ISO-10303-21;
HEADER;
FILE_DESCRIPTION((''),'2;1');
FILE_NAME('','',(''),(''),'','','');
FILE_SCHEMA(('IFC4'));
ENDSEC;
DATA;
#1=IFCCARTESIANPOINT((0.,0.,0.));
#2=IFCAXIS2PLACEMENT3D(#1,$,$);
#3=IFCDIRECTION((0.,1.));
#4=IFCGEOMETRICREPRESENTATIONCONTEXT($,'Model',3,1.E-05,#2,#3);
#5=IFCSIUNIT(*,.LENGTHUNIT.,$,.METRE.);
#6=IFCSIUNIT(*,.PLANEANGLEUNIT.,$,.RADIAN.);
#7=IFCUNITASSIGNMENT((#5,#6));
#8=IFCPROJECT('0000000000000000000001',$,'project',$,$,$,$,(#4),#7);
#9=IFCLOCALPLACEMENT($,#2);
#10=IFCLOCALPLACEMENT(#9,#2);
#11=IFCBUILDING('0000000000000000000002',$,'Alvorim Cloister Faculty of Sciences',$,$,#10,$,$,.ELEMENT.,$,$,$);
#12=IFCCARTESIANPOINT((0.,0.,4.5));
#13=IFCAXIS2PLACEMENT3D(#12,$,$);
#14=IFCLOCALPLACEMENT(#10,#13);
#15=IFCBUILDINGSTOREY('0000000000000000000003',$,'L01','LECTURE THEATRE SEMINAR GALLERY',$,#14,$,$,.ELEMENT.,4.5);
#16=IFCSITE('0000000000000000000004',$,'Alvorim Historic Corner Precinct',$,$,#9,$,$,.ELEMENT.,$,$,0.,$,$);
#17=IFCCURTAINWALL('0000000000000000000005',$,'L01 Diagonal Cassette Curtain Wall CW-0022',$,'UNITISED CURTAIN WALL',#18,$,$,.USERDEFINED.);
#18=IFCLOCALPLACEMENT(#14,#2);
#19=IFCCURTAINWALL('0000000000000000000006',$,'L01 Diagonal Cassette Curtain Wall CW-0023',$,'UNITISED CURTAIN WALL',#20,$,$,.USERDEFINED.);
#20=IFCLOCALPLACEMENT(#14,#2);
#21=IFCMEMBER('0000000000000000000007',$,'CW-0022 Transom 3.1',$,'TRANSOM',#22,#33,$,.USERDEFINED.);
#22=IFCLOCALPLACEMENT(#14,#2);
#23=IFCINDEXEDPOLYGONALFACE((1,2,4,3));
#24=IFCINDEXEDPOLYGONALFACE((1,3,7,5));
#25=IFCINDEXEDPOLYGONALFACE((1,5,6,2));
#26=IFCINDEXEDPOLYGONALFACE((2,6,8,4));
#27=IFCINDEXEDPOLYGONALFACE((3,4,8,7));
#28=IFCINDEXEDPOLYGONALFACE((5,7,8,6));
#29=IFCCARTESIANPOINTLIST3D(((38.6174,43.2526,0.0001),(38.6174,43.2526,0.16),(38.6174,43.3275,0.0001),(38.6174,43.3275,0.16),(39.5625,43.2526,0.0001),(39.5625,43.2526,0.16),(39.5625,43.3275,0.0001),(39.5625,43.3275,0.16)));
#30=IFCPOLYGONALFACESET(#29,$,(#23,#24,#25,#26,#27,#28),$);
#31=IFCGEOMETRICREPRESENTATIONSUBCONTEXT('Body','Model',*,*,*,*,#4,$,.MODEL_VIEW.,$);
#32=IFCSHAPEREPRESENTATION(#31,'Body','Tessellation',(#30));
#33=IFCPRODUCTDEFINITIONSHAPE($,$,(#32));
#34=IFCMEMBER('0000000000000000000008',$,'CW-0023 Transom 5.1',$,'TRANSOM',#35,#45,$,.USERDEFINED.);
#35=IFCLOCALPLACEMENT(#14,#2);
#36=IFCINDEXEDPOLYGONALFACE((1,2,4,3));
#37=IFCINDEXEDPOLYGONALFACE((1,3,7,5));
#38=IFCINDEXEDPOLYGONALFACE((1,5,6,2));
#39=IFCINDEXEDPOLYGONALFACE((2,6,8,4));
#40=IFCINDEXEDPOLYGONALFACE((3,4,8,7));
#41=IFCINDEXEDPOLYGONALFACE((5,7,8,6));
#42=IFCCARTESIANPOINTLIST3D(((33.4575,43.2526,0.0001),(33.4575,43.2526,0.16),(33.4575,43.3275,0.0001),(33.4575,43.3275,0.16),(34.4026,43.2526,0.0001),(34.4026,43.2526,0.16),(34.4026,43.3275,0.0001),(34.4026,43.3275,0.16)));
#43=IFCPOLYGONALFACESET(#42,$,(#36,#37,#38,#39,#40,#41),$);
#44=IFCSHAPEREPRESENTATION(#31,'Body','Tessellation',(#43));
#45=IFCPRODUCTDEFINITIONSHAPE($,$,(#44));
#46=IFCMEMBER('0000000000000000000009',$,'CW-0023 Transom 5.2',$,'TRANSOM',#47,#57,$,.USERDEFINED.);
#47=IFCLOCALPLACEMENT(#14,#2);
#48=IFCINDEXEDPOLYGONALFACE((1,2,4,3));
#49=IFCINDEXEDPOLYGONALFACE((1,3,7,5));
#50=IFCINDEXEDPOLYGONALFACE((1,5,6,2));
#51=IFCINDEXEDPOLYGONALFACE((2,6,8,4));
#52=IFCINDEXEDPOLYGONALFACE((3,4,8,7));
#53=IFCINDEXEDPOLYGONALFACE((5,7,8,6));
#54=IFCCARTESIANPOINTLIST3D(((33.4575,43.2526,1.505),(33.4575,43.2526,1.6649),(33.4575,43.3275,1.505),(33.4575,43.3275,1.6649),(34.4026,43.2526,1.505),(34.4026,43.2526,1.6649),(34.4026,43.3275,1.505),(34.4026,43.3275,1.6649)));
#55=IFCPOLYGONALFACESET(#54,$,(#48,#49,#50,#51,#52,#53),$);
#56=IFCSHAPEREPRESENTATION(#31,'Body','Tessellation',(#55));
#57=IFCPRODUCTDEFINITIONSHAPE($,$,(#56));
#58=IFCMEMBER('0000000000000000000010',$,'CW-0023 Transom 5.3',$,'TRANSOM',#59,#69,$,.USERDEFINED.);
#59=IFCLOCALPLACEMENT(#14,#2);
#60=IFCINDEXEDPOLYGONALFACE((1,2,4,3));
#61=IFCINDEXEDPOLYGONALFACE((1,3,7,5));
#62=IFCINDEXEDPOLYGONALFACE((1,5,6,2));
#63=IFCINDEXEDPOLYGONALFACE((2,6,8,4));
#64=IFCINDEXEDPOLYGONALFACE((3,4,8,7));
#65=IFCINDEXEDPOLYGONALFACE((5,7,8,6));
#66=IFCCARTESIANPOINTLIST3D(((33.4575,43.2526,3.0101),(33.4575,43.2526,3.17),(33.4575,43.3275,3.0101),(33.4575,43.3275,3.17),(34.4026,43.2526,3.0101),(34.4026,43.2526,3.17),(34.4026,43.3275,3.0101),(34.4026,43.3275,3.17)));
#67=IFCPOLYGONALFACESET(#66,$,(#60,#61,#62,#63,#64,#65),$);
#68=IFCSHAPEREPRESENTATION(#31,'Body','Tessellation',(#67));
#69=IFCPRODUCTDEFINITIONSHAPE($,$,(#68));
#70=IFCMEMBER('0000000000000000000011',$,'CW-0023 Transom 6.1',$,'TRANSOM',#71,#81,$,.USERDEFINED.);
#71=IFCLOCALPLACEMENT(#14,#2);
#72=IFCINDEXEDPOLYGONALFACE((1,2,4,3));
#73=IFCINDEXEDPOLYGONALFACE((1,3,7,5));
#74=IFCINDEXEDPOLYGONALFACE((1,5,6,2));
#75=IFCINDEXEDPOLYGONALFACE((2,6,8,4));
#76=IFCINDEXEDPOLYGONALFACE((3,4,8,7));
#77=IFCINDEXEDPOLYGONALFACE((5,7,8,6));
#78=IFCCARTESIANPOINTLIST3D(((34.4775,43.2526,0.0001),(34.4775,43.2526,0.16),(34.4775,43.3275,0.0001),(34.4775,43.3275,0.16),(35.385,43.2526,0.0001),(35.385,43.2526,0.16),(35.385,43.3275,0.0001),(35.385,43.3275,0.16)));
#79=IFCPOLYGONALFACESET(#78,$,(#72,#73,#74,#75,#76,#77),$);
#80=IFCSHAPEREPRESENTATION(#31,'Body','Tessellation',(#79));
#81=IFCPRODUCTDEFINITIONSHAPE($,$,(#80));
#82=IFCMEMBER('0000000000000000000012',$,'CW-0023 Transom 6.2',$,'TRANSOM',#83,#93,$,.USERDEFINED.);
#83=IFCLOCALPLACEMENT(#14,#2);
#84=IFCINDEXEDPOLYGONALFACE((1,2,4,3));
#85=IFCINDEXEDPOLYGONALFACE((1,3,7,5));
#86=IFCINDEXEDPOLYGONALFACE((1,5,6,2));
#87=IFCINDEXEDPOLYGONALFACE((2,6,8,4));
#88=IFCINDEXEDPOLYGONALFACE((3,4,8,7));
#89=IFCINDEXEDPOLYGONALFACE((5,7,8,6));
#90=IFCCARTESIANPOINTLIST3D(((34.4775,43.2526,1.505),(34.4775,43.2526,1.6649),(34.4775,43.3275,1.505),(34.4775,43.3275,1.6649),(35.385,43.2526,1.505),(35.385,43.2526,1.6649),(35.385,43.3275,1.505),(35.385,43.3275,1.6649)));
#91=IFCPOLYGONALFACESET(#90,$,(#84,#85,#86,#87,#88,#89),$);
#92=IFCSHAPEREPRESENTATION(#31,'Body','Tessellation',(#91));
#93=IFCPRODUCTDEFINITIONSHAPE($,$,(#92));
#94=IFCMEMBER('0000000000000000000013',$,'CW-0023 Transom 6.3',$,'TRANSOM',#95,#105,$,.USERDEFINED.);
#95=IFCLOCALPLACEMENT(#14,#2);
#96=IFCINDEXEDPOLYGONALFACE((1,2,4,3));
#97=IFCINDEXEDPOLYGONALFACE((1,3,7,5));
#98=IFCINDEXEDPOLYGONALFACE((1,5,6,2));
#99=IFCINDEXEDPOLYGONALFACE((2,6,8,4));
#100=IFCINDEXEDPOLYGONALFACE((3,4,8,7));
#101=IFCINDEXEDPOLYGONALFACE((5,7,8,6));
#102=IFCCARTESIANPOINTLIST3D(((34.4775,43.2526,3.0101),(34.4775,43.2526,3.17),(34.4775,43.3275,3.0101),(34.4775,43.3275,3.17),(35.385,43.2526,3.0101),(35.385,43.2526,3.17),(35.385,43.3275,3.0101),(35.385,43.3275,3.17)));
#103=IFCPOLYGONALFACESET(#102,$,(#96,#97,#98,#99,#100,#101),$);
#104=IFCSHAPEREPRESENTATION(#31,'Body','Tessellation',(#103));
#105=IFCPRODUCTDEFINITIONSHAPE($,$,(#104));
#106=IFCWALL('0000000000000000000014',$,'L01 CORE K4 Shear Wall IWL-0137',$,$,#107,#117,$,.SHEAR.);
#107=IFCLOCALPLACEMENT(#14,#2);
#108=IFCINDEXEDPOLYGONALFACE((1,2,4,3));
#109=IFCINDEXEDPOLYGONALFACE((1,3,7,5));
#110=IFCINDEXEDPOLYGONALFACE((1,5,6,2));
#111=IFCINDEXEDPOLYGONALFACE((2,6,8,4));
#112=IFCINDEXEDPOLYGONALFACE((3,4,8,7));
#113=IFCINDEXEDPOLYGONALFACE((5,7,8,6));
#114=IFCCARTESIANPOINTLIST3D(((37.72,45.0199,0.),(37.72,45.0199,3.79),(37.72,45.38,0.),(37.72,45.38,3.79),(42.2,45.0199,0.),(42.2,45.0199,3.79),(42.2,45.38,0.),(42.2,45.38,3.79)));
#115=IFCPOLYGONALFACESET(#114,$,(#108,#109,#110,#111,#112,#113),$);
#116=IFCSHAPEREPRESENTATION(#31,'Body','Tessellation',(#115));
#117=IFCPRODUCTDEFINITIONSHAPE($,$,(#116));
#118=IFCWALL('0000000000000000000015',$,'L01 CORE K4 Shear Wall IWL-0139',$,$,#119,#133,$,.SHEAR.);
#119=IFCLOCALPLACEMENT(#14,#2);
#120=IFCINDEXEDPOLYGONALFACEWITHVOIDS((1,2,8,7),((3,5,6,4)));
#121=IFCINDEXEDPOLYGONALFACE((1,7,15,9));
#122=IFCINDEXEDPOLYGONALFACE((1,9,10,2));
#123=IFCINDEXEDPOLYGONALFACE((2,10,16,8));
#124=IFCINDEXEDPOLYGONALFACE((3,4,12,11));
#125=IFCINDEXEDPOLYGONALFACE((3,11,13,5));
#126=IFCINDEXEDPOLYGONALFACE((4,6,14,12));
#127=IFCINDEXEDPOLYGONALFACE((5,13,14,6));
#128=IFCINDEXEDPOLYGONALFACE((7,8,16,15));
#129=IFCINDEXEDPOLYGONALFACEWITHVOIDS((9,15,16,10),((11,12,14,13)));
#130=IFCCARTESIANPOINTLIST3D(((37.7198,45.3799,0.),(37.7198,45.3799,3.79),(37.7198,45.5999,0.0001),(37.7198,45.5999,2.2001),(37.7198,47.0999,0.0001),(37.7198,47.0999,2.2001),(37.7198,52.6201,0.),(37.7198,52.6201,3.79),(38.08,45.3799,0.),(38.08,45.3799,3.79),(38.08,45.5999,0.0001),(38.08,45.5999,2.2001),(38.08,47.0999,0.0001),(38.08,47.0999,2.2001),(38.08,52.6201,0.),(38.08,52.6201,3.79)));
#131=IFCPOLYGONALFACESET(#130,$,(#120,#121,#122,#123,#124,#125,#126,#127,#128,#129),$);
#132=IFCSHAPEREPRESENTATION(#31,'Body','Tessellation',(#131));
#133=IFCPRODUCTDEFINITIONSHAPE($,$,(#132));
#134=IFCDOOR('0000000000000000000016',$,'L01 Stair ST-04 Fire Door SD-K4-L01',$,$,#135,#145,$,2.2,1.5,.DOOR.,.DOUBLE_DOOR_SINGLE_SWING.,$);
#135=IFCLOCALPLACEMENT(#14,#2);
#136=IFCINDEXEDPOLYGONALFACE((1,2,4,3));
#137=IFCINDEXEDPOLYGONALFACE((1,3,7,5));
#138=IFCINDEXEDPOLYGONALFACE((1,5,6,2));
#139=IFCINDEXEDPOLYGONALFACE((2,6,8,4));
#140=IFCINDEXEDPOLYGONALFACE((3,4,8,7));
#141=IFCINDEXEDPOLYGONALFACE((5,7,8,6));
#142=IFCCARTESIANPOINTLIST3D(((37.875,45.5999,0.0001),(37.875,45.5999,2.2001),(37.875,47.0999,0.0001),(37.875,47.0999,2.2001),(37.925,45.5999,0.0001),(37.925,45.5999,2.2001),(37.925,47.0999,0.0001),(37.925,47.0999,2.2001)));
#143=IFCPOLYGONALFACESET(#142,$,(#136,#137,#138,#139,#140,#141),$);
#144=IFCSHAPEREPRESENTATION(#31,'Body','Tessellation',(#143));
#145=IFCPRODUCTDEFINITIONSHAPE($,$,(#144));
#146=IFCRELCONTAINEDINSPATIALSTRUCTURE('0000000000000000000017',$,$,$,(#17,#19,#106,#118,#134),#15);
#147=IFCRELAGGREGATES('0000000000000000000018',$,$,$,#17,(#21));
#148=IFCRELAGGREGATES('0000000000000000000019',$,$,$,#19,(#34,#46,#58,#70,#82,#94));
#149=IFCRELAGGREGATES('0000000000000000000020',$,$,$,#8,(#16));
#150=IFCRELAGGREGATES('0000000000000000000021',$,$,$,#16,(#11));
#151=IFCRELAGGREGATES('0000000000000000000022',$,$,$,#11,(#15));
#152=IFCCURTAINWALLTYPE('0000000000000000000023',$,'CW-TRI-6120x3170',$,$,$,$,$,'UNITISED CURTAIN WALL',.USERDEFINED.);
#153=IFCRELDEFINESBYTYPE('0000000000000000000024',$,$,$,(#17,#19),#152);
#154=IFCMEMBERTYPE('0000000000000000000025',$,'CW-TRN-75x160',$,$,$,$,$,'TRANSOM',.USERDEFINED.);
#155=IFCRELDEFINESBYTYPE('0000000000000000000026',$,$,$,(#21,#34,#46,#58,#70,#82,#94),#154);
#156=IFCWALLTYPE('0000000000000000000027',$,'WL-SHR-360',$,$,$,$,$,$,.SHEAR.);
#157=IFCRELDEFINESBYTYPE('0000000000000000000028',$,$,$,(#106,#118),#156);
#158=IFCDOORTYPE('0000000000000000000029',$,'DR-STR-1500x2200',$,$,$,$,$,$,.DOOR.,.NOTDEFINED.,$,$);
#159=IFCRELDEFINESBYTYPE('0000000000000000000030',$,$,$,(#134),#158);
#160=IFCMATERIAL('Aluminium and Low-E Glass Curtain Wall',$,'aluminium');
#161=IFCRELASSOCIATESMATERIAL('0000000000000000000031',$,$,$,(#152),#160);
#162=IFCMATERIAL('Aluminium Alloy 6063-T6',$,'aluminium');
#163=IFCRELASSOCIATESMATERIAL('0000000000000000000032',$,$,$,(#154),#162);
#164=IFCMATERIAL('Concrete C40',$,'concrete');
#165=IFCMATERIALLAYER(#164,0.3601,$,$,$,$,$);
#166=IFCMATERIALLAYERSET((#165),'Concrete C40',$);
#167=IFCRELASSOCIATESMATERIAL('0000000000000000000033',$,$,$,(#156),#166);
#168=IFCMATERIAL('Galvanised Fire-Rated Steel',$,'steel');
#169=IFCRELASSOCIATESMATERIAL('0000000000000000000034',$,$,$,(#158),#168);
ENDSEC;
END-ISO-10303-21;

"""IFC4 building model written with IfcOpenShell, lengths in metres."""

from ifc_helpers import new_model, si_unit, direction, frame, frame_2d, origin, origin_2d, place, context, subcontext, project, spatial, rectangle, extrude, material, layer, layer_set, material_profile, profile_set, type_object, element, fill, aggregate, save


model = new_model("IFC4")

# Units and contexts
model_context = context("Model", 3, precision=1e-05, world=origin(), true_north=direction((0.0, 1.0)))
body_context = subcontext(model_context, "Body", "Model", "MODEL_VIEW")
ifc_project = project(units=[si_unit("LENGTHUNIT", "METRE"), si_unit("PLANEANGLEUNIT", "RADIAN")], contexts=[model_context])

# Site, building, storey
site_placement = place(None, origin())
site = spatial("IfcSite", under=ifc_project, at=site_placement, Name="Alvorim Historic Corner Precinct", CompositionType="ELEMENT", RefElevation=0.0)
building_placement = place(site_placement, origin())
building = spatial("IfcBuilding", under=site, at=building_placement, Name="Alvorim Cloister Faculty of Sciences", CompositionType="ELEMENT")
storey_placement = place(building_placement, frame((0.0, 0.0, 4.5)))
storey = spatial("IfcBuildingStorey", under=building, at=storey_placement, Name="L01", Description="LECTURE THEATRE SEMINAR GALLERY", CompositionType="ELEMENT", Elevation=4.5)

# Shared definitions
ifc_material_1 = material(Name="Concrete C40", Category="concrete")

# Curtain walls
ifc_material_2 = material(Name="Aluminium and Low-E Glass Curtain Wall", Category="aluminium")
curtain_wall_type = type_object("IfcCurtainWallType", Name="CW-TRI-6120x3170", ElementType="UNITISED CURTAIN WALL", PredefinedType="USERDEFINED", material=ifc_material_2)
curtain_wall_1_placement = place(storey_placement, origin())
curtain_wall_1 = element("IfcCurtainWall", 1, at=curtain_wall_1_placement, inside=storey, type_object=curtain_wall_type, Name="L01 Diagonal Cassette Curtain Wall CW-0022", ObjectType="UNITISED CURTAIN WALL", PredefinedType="USERDEFINED")
ifc_material_3 = material(Name="Aluminium Alloy 6063-T6", Category="aluminium")
curtain_wall_2_placement = place(storey_placement, origin())
curtain_wall_2 = element("IfcCurtainWall", 2, at=curtain_wall_2_placement, inside=storey, type_object=curtain_wall_type, Name="L01 Diagonal Cassette Curtain Wall CW-0023", ObjectType="UNITISED CURTAIN WALL", PredefinedType="USERDEFINED")

# Members
ifc_material_profile_1 = material_profile(ifc_material_3, rectangle(XDim=0.075, YDim=0.1599, at=origin_2d()), Name="ALU-TRN-75x160")
ifc_profile_set_1 = profile_set([ifc_material_profile_1], Name="Aluminium Alloy 6063-T6")
member_type_1 = type_object("IfcMemberType", Name="CW-TRN-75x160", ElementType="TRANSOM", PredefinedType="USERDEFINED", material=ifc_profile_set_1)
member_1_placement = place(storey_placement, frame((38.6174, 43.29, 0.0801), z_axis=(1.0, 0.0, 0.0), x_axis=(0.0, 1.0, 0.0)))
member_1 = element("IfcMember", 3, at=member_1_placement, type_object=member_type_1, Name="CW-0022 Transom 3.1", ObjectType="TRANSOM", PredefinedType="USERDEFINED", context=body_context, shape_type="SweptSolid", body=[
    extrude(rectangle(XDim=0.075, YDim=0.1599, at=origin_2d()), origin(), (0.0, 0.0, 1.0), 0.9451),
])
aggregate(curtain_wall_1, [member_1])
member_2_placement = place(storey_placement, frame((33.4575, 43.29, 0.0801), z_axis=(1.0, 0.0, 0.0), x_axis=(0.0, 1.0, 0.0)))
member_2 = element("IfcMember", 4, at=member_2_placement, type_object=member_type_1, Name="CW-0023 Transom 5.1", ObjectType="TRANSOM", PredefinedType="USERDEFINED", context=body_context, shape_type="SweptSolid", body=[
    extrude(rectangle(XDim=0.075, YDim=0.1599, at=origin_2d()), origin(), (0.0, 0.0, 1.0), 0.9451),
])
member_3_placement = place(storey_placement, frame((33.4575, 43.29, 1.585), z_axis=(1.0, 0.0, 0.0), x_axis=(0.0, 1.0, 0.0)))
member_3 = element("IfcMember", 5, at=member_3_placement, type_object=member_type_1, Name="CW-0023 Transom 5.2", ObjectType="TRANSOM", PredefinedType="USERDEFINED", context=body_context, shape_type="SweptSolid", body=[
    extrude(rectangle(XDim=0.075, YDim=0.1599, at=origin_2d()), origin(), (0.0, 0.0, 1.0), 0.9451),
])
member_4_placement = place(storey_placement, frame((33.4575, 43.29, 3.0901), z_axis=(1.0, 0.0, 0.0), x_axis=(0.0, 1.0, 0.0)))
member_4 = element("IfcMember", 6, at=member_4_placement, type_object=member_type_1, Name="CW-0023 Transom 5.3", ObjectType="TRANSOM", PredefinedType="USERDEFINED", context=body_context, shape_type="SweptSolid", body=[
    extrude(rectangle(XDim=0.075, YDim=0.1599, at=origin_2d()), origin(), (0.0, 0.0, 1.0), 0.9451),
])
member_5_placement = place(storey_placement, frame((34.4775, 43.29, 0.0801), z_axis=(1.0, 0.0, 0.0), x_axis=(0.0, 1.0, 0.0)))
member_5 = element("IfcMember", 7, at=member_5_placement, type_object=member_type_1, Name="CW-0023 Transom 6.1", ObjectType="TRANSOM", PredefinedType="USERDEFINED", context=body_context, shape_type="SweptSolid", body=[
    extrude(rectangle(XDim=0.075, YDim=0.1599, at=origin_2d()), origin(), (0.0, 0.0, 1.0), 0.9075),
])
member_6_placement = place(storey_placement, frame((34.4775, 43.29, 1.585), z_axis=(1.0, 0.0, 0.0), x_axis=(0.0, 1.0, 0.0)))
member_6 = element("IfcMember", 8, at=member_6_placement, type_object=member_type_1, Name="CW-0023 Transom 6.2", ObjectType="TRANSOM", PredefinedType="USERDEFINED", context=body_context, shape_type="SweptSolid", body=[
    extrude(rectangle(XDim=0.075, YDim=0.1599, at=origin_2d()), origin(), (0.0, 0.0, 1.0), 0.9075),
])
member_7_placement = place(storey_placement, frame((34.4775, 43.29, 3.0901), z_axis=(1.0, 0.0, 0.0), x_axis=(0.0, 1.0, 0.0)))
member_7 = element("IfcMember", 9, at=member_7_placement, type_object=member_type_1, Name="CW-0023 Transom 6.3", ObjectType="TRANSOM", PredefinedType="USERDEFINED", context=body_context, shape_type="SweptSolid", body=[
    extrude(rectangle(XDim=0.075, YDim=0.1599, at=origin_2d()), origin(), (0.0, 0.0, 1.0), 0.9075),
])
aggregate(curtain_wall_2, [member_2, member_3, member_4, member_5, member_6, member_7])

# Wall
ifc_layer = layer(ifc_material_1, 0.3601)
ifc_layer_set = layer_set([ifc_layer], Name="Concrete C40")
wall_type = type_object("IfcWallType", Name="WL-SHR-360", PredefinedType="SHEAR", material=ifc_layer_set)
wall_1_placement = place(storey_placement, frame((37.72, 45.2, 0.0), z_axis=(0.0, 0.0, 1.0), x_axis=(1.0, 0.0, 0.0)))
element("IfcWall", 10, at=wall_1_placement, inside=storey, type_object=wall_type, Name="L01 CORE K4 Shear Wall IWL-0137", PredefinedType="SHEAR", context=body_context, shape_type="SweptSolid", body=[
    extrude(rectangle(XDim=4.48, YDim=0.3601, at=frame_2d((2.24, 0.0))), origin(), (0.0, 0.0, 1.0), 3.79),
])

# Wall, opening, door
wall_2_placement = place(storey_placement, frame((37.8999, 45.3799, 0.0), z_axis=(0.0, 0.0, 1.0), x_axis=(0.0, 1.0, 0.0)))
wall_2 = element("IfcWall", 11, at=wall_2_placement, inside=storey, type_object=wall_type, Name="L01 CORE K4 Shear Wall IWL-0139", PredefinedType="SHEAR", context=body_context, shape_type="SweptSolid", body=[
    extrude(rectangle(XDim=7.2402, YDim=0.3601, at=frame_2d((3.6201, 0.0))), origin(), (0.0, 0.0, 1.0), 3.79),
])
opening_placement = place(wall_2_placement, frame((0.22, 0.0, 0.0)))
opening = element("IfcOpeningElement", 12, at=opening_placement, cuts=wall_2, PredefinedType="OPENING", context=body_context, shape_type="SweptSolid", body=[
    extrude(rectangle(XDim=1.5, YDim=2.2, at=frame_2d((0.75, 1.1001))), frame((0.0, 0.1919, 0.0), z_axis=(0.0, -1.0, 0.0), x_axis=(1.0, 0.0, 0.0)), (0.0, 0.0, 1.0), 0.384),
])
ifc_material_4 = material(Name="Galvanised Fire-Rated Steel", Category="steel")
door_type = type_object("IfcDoorType", Name="DR-STR-1500x2200", OperationType="NOTDEFINED", PredefinedType="DOOR", material=ifc_material_4)
door_placement = place(opening_placement, origin())
door = element("IfcDoor", 13, at=door_placement, inside=storey, type_object=door_type, Name="L01 Stair ST-04 Fire Door SD-K4-L01", OperationType="DOUBLE_DOOR_SINGLE_SWING", OverallHeight=2.2, OverallWidth=1.5, PredefinedType="DOOR", context=body_context, shape_type="SweptSolid", body=[
    extrude(rectangle(XDim=1.5, YDim=2.2, at=frame_2d((0.75, 1.1001))), frame((0.0, 0.0249, 0.0), z_axis=(0.0, -1.0, 0.0), x_axis=(1.0, 0.0, 0.0)), (0.0, 0.0, 1.0), 0.05),
])
fill(opening, door)

save(model, "model.ifc")
